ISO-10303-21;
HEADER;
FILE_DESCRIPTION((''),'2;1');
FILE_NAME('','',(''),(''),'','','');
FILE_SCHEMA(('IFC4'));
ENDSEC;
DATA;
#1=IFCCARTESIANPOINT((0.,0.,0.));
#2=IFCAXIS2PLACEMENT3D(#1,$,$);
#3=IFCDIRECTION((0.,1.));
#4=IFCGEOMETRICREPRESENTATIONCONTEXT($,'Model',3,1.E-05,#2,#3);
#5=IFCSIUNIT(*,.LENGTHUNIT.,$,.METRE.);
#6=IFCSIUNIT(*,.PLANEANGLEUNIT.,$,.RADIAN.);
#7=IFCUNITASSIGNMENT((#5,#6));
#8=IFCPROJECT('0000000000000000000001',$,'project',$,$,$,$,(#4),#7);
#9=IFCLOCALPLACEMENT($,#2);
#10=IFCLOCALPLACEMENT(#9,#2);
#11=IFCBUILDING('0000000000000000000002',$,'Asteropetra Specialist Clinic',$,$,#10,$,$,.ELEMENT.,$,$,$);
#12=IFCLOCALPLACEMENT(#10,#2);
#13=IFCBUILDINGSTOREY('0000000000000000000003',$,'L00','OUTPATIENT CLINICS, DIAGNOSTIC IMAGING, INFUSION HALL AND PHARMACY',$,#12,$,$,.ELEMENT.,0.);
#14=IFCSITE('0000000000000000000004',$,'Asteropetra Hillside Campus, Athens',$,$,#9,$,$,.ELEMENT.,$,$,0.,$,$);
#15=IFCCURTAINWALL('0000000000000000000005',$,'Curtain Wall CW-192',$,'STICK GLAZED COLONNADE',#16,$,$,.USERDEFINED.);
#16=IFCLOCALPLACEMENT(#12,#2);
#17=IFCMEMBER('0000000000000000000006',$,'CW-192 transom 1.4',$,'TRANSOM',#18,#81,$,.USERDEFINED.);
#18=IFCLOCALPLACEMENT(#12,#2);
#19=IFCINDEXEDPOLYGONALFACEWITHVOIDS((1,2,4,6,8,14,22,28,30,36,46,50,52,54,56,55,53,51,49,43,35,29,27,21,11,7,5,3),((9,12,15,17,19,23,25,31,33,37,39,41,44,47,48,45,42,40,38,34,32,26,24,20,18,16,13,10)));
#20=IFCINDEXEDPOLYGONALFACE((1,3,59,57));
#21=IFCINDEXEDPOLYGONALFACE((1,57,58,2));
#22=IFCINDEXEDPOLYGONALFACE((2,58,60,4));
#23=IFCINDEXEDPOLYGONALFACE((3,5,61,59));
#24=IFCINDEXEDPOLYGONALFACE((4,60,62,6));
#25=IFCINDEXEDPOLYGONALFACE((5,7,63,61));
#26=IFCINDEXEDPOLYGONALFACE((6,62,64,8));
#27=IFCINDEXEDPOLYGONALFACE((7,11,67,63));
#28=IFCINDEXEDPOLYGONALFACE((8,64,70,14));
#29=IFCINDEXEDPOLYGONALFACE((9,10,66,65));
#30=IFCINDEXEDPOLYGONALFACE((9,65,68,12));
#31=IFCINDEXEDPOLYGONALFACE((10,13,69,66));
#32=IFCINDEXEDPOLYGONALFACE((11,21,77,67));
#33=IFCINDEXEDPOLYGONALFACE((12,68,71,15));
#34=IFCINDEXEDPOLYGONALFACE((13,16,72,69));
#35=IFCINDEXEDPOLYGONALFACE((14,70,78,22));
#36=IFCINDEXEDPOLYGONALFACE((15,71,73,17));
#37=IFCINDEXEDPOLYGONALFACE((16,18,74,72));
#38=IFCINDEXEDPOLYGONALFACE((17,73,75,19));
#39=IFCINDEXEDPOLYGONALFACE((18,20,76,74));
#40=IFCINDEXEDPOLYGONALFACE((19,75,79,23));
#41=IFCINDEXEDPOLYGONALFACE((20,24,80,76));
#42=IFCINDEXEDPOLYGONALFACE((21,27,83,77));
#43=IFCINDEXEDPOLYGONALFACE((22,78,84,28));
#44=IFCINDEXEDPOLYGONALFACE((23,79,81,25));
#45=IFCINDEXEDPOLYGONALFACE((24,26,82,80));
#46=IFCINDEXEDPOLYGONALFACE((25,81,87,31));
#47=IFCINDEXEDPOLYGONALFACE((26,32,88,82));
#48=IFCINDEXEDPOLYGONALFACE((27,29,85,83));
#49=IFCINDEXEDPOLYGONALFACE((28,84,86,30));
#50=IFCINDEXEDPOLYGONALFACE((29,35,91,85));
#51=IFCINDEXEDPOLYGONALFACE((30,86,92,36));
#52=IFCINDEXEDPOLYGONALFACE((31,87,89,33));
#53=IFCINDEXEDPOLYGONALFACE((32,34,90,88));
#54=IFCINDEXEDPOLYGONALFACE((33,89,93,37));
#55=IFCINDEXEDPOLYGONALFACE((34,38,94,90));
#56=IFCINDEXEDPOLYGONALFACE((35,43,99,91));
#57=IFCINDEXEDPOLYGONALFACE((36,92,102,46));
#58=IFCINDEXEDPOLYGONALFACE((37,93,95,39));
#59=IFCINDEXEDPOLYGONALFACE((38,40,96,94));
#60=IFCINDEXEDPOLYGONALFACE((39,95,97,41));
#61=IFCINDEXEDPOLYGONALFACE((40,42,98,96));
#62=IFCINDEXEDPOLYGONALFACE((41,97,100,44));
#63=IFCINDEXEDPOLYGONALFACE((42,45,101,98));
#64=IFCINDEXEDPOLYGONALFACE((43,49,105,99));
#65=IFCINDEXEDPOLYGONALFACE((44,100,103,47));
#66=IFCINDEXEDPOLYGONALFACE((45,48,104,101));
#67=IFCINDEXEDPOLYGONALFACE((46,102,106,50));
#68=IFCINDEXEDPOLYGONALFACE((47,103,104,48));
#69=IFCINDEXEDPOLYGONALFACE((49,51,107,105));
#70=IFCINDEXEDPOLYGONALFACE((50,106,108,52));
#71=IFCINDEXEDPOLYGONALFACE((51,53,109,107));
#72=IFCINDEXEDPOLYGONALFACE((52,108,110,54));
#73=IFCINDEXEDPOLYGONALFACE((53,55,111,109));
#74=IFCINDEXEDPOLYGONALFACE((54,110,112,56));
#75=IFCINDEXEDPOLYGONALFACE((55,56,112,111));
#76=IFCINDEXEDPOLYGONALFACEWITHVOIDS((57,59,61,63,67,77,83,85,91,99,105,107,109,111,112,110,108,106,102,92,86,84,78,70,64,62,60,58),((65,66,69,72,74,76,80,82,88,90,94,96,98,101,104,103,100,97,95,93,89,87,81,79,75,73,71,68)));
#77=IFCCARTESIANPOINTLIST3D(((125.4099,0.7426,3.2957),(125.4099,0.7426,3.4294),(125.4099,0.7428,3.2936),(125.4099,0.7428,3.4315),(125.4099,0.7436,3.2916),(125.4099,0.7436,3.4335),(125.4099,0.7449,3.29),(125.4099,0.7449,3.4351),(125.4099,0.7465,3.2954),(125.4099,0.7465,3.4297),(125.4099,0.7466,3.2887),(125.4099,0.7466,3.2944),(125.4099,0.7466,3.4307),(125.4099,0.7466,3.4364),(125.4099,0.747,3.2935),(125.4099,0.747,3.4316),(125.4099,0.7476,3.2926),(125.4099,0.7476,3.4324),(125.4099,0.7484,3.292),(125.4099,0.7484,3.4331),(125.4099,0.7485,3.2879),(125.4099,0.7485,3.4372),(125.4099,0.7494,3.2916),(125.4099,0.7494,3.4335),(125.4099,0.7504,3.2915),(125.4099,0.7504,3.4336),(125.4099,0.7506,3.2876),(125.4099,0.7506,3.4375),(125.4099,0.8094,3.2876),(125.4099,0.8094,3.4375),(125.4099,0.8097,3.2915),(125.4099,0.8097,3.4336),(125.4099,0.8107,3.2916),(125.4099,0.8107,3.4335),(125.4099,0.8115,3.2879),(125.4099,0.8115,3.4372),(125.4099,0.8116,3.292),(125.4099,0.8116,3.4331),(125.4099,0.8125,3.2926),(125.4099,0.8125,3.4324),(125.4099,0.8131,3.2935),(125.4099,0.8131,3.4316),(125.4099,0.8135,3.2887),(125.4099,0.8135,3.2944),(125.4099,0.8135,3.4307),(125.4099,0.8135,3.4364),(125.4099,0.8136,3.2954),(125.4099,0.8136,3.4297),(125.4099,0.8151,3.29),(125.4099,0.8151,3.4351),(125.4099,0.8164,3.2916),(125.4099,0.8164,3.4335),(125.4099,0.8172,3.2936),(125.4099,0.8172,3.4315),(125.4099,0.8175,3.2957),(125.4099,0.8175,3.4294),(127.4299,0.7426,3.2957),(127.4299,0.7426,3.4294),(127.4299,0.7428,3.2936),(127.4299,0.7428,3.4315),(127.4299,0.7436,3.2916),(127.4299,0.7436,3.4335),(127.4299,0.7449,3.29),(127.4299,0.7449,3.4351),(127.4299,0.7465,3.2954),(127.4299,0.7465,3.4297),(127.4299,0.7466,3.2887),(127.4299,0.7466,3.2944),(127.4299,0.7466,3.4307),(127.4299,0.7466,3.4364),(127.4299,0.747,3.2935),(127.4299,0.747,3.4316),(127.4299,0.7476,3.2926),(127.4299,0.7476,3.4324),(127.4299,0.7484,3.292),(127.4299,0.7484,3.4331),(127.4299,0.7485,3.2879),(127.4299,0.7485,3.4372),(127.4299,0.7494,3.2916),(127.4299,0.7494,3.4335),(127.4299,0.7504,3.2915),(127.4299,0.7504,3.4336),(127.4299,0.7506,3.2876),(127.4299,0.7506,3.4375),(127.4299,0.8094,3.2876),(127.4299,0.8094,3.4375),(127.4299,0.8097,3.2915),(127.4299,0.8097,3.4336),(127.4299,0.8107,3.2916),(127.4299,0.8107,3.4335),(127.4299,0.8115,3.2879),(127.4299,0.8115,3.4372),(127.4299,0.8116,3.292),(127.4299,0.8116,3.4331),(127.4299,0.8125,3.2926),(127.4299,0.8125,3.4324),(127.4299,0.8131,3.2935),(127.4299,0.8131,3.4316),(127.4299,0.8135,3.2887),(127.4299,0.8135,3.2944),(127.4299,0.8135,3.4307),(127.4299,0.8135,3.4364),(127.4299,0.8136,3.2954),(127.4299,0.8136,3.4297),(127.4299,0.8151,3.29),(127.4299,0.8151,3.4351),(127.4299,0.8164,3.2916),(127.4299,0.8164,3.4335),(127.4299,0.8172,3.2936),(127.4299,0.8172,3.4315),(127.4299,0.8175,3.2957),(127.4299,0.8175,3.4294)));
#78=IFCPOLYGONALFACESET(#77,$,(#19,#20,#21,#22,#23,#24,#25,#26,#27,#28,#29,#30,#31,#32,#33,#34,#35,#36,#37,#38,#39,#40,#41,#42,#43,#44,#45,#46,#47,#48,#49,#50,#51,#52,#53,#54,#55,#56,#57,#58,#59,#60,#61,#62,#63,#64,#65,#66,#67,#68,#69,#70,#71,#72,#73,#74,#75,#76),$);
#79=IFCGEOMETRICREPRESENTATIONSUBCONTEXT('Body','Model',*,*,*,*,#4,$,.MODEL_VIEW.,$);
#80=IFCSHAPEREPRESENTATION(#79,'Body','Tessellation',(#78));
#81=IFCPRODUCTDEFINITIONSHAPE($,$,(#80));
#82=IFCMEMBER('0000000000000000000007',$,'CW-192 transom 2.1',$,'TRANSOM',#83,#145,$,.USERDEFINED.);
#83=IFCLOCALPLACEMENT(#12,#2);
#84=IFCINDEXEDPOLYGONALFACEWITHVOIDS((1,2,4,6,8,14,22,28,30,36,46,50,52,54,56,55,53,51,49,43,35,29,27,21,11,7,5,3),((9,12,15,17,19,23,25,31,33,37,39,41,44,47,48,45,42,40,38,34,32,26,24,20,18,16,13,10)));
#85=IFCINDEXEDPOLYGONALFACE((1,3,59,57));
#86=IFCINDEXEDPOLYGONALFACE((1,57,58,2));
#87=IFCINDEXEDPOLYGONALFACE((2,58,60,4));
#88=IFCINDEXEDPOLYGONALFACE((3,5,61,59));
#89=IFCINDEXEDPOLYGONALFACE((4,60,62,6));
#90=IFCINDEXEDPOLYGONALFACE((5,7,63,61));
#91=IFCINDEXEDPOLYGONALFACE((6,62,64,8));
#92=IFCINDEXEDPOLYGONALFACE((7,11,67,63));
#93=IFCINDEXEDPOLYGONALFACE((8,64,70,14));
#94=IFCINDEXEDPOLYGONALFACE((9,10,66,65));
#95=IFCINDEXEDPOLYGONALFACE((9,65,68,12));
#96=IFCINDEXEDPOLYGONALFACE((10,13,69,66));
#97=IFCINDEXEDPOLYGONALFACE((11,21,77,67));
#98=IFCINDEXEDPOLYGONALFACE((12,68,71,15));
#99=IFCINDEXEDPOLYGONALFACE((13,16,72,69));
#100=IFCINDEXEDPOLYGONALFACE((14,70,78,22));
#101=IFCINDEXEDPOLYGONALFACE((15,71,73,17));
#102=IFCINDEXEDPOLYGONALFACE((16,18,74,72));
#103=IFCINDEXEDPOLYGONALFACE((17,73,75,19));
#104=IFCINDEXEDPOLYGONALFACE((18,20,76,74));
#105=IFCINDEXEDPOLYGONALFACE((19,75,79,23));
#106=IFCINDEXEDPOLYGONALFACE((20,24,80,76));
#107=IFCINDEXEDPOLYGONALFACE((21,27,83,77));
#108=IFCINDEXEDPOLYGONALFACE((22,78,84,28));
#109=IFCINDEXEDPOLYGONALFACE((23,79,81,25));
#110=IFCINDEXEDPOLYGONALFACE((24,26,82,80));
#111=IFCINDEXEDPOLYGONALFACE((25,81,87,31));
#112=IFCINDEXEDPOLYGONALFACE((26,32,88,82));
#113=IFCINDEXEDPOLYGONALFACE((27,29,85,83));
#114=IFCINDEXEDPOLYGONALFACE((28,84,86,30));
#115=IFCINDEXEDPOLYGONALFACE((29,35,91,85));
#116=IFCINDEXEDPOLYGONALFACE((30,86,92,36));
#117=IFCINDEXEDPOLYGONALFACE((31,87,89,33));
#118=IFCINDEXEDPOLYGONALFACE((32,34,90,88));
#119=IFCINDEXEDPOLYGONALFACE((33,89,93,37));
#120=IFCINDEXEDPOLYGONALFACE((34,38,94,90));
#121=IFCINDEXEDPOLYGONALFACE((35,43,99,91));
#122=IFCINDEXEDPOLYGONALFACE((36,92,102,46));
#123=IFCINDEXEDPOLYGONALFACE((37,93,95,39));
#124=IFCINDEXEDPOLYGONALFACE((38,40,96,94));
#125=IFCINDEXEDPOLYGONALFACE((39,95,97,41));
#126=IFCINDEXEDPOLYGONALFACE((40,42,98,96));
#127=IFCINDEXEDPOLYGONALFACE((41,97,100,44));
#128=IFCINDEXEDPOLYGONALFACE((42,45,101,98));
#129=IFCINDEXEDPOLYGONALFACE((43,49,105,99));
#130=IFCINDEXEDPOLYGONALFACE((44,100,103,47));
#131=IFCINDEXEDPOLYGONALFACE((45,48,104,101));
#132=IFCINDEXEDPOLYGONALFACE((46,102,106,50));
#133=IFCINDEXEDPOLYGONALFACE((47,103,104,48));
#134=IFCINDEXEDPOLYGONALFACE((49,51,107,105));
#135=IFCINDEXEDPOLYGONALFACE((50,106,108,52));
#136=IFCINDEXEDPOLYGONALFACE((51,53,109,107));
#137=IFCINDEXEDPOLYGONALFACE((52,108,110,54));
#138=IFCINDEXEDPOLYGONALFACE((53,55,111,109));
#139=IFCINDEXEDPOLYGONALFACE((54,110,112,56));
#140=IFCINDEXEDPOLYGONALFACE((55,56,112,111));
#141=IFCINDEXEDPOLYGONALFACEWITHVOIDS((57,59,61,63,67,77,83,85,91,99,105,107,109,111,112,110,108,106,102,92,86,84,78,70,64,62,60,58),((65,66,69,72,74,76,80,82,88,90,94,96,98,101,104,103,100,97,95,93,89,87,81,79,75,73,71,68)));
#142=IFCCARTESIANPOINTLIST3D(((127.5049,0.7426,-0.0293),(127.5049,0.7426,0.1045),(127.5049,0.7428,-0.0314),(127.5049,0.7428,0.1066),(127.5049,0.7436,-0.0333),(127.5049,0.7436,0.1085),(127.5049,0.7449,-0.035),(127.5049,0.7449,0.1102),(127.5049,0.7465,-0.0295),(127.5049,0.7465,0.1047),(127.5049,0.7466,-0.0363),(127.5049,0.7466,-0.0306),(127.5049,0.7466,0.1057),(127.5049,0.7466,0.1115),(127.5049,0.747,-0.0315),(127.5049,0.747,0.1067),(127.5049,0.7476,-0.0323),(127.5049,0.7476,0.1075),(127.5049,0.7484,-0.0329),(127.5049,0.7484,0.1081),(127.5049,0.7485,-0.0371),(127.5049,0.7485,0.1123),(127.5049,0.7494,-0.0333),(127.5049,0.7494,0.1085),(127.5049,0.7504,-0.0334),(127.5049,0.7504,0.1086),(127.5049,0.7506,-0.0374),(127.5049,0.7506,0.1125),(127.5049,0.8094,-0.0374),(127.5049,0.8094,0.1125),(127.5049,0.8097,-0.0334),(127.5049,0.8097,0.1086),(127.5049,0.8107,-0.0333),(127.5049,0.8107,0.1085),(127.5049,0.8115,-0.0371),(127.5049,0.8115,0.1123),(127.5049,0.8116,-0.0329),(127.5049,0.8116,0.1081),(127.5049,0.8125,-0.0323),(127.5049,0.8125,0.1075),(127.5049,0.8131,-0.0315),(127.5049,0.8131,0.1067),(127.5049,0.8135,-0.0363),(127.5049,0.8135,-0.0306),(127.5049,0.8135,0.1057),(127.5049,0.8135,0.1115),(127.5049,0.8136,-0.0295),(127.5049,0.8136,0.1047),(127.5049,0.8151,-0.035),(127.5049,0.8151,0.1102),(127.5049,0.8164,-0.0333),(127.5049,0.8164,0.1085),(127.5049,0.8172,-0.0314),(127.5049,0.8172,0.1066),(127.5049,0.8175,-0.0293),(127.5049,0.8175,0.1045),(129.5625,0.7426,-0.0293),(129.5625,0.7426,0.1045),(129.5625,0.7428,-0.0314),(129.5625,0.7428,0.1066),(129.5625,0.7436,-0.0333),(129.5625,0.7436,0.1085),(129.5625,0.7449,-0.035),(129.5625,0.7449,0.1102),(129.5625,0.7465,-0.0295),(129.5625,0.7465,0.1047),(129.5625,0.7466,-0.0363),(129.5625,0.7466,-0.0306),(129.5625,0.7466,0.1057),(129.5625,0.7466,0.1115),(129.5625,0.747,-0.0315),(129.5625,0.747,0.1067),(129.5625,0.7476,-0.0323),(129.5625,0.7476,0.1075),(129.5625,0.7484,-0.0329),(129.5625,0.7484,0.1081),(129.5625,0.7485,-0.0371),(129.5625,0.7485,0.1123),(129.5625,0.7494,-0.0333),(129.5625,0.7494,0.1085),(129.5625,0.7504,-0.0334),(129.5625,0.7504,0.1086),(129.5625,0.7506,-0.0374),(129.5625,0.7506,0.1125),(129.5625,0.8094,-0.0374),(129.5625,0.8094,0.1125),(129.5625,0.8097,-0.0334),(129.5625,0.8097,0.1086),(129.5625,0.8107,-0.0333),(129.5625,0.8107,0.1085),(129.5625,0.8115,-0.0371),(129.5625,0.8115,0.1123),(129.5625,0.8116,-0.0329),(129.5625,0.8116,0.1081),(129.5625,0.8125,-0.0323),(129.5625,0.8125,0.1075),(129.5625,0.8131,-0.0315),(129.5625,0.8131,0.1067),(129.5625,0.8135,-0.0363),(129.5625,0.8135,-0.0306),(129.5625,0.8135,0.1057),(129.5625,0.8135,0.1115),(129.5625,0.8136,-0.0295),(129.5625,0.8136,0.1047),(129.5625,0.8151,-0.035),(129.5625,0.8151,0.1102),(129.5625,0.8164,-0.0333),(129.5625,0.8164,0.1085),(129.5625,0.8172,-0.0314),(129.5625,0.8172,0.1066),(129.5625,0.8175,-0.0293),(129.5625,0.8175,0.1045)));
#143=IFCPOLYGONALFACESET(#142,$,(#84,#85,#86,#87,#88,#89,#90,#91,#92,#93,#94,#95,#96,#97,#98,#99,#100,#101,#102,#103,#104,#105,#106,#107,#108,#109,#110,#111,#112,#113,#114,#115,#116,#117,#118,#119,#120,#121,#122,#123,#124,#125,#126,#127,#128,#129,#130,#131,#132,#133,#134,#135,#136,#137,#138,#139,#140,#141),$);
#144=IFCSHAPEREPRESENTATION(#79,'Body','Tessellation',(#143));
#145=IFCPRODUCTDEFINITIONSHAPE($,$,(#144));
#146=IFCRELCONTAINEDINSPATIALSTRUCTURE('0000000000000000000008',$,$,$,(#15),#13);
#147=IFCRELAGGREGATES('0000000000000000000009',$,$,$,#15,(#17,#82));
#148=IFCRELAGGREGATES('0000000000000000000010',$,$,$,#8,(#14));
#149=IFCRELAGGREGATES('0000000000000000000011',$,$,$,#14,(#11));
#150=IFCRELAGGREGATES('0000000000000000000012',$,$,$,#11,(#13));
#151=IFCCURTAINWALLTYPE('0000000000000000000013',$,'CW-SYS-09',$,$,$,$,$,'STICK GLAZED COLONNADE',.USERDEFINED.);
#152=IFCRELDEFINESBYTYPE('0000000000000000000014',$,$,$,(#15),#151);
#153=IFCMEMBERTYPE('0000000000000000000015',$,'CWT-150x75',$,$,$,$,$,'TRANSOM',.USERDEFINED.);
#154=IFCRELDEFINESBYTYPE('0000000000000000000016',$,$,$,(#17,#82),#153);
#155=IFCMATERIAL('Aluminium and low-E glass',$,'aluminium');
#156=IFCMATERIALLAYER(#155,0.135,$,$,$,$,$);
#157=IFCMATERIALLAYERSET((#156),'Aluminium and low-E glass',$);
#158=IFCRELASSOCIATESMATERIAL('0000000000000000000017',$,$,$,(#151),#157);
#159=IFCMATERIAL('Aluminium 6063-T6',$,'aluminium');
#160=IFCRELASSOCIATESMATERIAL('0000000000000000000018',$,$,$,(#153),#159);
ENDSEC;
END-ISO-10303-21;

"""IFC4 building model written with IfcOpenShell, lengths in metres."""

from ifc_helpers import new_model, si_unit, direction, frame, origin, origin_2d, place, context, subcontext, project, spatial, hollow_rectangle, extrude, material, layer, layer_set, material_profile, profile_set, type_object, element, aggregate, save


model = new_model("IFC4")

# Units and contexts
model_context = context("Model", 3, precision=1e-05, world=origin(), true_north=direction((0.0, 1.0)))
body_context = subcontext(model_context, "Body", "Model", "MODEL_VIEW")
ifc_project = project(units=[si_unit("LENGTHUNIT", "METRE"), si_unit("PLANEANGLEUNIT", "RADIAN")], contexts=[model_context])

# Site, building, storey
site_placement = place(None, origin())
site = spatial("IfcSite", under=ifc_project, at=site_placement, Name="Asteropetra Hillside Campus, Athens", CompositionType="ELEMENT", RefElevation=0.0)
building_placement = place(site_placement, origin())
building = spatial("IfcBuilding", under=site, at=building_placement, Name="Asteropetra Specialist Clinic", CompositionType="ELEMENT")
storey_placement = place(building_placement, origin())
storey = spatial("IfcBuildingStorey", under=building, at=storey_placement, Name="L00", Description="OUTPATIENT CLINICS, DIAGNOSTIC IMAGING, INFUSION HALL AND PHARMACY", CompositionType="ELEMENT", Elevation=0.0)

# Curtain wall, members
ifc_material_1 = material(Name="Aluminium and low-E glass", Category="aluminium")
ifc_layer_1 = layer(ifc_material_1, 0.135)
ifc_layer_set_1 = layer_set([ifc_layer_1], Name="Aluminium and low-E glass")
curtain_wall_type = type_object("IfcCurtainWallType", Name="CW-SYS-09", ElementType="STICK GLAZED COLONNADE", PredefinedType="USERDEFINED", material=ifc_layer_set_1)
curtain_wall_placement = place(storey_placement, origin())
curtain_wall = element("IfcCurtainWall", 1, at=curtain_wall_placement, inside=storey, type_object=curtain_wall_type, Name="Curtain Wall CW-192", ObjectType="STICK GLAZED COLONNADE", PredefinedType="USERDEFINED")
ifc_material_2 = material(Name="Aluminium 6063-T6", Category="aluminium")
ifc_material_profile_1 = material_profile(ifc_material_2, hollow_rectangle(XDim=0.075, YDim=0.1499, WallThickness=0.0039, InnerFilletRadius=0.0039, OuterFilletRadius=0.0081, at=origin_2d()), Name="TRN 150x75x4.0")
ifc_profile_set_1 = profile_set([ifc_material_profile_1], Name="Aluminium 6063-T6")
member_type_1 = type_object("IfcMemberType", Name="CWT-150x75", ElementType="TRANSOM", PredefinedType="USERDEFINED", material=ifc_profile_set_1)
member_1_placement = place(storey_placement, frame((125.4099, 0.78, 3.3625), z_axis=(1.0, 0.0, 0.0), x_axis=(0.0, 1.0, 0.0)))
member_1 = element("IfcMember", 2, at=member_1_placement, type_object=member_type_1, Name="CW-192 transom 1.4", ObjectType="TRANSOM", PredefinedType="USERDEFINED", context=body_context, shape_type="SweptSolid", body=[
    extrude(hollow_rectangle(XDim=0.075, YDim=0.1499, WallThickness=0.0039, InnerFilletRadius=0.0039, OuterFilletRadius=0.0081, at=origin_2d()), origin(), (0.0, 0.0, 1.0), 2.02),
])
member_2_placement = place(storey_placement, frame((127.5049, 0.78, 0.0376), z_axis=(1.0, 0.0, 0.0), x_axis=(0.0, 1.0, 0.0)))
member_2 = element("IfcMember", 3, at=member_2_placement, type_object=member_type_1, Name="CW-192 transom 2.1", ObjectType="TRANSOM", PredefinedType="USERDEFINED", context=body_context, shape_type="SweptSolid", body=[
    extrude(hollow_rectangle(XDim=0.075, YDim=0.1499, WallThickness=0.0039, InnerFilletRadius=0.0039, OuterFilletRadius=0.0081, at=origin_2d()), origin(), (0.0, 0.0, 1.0), 2.0576),
])
aggregate(curtain_wall, [member_1, member_2])

save(model, "model.ifc")
